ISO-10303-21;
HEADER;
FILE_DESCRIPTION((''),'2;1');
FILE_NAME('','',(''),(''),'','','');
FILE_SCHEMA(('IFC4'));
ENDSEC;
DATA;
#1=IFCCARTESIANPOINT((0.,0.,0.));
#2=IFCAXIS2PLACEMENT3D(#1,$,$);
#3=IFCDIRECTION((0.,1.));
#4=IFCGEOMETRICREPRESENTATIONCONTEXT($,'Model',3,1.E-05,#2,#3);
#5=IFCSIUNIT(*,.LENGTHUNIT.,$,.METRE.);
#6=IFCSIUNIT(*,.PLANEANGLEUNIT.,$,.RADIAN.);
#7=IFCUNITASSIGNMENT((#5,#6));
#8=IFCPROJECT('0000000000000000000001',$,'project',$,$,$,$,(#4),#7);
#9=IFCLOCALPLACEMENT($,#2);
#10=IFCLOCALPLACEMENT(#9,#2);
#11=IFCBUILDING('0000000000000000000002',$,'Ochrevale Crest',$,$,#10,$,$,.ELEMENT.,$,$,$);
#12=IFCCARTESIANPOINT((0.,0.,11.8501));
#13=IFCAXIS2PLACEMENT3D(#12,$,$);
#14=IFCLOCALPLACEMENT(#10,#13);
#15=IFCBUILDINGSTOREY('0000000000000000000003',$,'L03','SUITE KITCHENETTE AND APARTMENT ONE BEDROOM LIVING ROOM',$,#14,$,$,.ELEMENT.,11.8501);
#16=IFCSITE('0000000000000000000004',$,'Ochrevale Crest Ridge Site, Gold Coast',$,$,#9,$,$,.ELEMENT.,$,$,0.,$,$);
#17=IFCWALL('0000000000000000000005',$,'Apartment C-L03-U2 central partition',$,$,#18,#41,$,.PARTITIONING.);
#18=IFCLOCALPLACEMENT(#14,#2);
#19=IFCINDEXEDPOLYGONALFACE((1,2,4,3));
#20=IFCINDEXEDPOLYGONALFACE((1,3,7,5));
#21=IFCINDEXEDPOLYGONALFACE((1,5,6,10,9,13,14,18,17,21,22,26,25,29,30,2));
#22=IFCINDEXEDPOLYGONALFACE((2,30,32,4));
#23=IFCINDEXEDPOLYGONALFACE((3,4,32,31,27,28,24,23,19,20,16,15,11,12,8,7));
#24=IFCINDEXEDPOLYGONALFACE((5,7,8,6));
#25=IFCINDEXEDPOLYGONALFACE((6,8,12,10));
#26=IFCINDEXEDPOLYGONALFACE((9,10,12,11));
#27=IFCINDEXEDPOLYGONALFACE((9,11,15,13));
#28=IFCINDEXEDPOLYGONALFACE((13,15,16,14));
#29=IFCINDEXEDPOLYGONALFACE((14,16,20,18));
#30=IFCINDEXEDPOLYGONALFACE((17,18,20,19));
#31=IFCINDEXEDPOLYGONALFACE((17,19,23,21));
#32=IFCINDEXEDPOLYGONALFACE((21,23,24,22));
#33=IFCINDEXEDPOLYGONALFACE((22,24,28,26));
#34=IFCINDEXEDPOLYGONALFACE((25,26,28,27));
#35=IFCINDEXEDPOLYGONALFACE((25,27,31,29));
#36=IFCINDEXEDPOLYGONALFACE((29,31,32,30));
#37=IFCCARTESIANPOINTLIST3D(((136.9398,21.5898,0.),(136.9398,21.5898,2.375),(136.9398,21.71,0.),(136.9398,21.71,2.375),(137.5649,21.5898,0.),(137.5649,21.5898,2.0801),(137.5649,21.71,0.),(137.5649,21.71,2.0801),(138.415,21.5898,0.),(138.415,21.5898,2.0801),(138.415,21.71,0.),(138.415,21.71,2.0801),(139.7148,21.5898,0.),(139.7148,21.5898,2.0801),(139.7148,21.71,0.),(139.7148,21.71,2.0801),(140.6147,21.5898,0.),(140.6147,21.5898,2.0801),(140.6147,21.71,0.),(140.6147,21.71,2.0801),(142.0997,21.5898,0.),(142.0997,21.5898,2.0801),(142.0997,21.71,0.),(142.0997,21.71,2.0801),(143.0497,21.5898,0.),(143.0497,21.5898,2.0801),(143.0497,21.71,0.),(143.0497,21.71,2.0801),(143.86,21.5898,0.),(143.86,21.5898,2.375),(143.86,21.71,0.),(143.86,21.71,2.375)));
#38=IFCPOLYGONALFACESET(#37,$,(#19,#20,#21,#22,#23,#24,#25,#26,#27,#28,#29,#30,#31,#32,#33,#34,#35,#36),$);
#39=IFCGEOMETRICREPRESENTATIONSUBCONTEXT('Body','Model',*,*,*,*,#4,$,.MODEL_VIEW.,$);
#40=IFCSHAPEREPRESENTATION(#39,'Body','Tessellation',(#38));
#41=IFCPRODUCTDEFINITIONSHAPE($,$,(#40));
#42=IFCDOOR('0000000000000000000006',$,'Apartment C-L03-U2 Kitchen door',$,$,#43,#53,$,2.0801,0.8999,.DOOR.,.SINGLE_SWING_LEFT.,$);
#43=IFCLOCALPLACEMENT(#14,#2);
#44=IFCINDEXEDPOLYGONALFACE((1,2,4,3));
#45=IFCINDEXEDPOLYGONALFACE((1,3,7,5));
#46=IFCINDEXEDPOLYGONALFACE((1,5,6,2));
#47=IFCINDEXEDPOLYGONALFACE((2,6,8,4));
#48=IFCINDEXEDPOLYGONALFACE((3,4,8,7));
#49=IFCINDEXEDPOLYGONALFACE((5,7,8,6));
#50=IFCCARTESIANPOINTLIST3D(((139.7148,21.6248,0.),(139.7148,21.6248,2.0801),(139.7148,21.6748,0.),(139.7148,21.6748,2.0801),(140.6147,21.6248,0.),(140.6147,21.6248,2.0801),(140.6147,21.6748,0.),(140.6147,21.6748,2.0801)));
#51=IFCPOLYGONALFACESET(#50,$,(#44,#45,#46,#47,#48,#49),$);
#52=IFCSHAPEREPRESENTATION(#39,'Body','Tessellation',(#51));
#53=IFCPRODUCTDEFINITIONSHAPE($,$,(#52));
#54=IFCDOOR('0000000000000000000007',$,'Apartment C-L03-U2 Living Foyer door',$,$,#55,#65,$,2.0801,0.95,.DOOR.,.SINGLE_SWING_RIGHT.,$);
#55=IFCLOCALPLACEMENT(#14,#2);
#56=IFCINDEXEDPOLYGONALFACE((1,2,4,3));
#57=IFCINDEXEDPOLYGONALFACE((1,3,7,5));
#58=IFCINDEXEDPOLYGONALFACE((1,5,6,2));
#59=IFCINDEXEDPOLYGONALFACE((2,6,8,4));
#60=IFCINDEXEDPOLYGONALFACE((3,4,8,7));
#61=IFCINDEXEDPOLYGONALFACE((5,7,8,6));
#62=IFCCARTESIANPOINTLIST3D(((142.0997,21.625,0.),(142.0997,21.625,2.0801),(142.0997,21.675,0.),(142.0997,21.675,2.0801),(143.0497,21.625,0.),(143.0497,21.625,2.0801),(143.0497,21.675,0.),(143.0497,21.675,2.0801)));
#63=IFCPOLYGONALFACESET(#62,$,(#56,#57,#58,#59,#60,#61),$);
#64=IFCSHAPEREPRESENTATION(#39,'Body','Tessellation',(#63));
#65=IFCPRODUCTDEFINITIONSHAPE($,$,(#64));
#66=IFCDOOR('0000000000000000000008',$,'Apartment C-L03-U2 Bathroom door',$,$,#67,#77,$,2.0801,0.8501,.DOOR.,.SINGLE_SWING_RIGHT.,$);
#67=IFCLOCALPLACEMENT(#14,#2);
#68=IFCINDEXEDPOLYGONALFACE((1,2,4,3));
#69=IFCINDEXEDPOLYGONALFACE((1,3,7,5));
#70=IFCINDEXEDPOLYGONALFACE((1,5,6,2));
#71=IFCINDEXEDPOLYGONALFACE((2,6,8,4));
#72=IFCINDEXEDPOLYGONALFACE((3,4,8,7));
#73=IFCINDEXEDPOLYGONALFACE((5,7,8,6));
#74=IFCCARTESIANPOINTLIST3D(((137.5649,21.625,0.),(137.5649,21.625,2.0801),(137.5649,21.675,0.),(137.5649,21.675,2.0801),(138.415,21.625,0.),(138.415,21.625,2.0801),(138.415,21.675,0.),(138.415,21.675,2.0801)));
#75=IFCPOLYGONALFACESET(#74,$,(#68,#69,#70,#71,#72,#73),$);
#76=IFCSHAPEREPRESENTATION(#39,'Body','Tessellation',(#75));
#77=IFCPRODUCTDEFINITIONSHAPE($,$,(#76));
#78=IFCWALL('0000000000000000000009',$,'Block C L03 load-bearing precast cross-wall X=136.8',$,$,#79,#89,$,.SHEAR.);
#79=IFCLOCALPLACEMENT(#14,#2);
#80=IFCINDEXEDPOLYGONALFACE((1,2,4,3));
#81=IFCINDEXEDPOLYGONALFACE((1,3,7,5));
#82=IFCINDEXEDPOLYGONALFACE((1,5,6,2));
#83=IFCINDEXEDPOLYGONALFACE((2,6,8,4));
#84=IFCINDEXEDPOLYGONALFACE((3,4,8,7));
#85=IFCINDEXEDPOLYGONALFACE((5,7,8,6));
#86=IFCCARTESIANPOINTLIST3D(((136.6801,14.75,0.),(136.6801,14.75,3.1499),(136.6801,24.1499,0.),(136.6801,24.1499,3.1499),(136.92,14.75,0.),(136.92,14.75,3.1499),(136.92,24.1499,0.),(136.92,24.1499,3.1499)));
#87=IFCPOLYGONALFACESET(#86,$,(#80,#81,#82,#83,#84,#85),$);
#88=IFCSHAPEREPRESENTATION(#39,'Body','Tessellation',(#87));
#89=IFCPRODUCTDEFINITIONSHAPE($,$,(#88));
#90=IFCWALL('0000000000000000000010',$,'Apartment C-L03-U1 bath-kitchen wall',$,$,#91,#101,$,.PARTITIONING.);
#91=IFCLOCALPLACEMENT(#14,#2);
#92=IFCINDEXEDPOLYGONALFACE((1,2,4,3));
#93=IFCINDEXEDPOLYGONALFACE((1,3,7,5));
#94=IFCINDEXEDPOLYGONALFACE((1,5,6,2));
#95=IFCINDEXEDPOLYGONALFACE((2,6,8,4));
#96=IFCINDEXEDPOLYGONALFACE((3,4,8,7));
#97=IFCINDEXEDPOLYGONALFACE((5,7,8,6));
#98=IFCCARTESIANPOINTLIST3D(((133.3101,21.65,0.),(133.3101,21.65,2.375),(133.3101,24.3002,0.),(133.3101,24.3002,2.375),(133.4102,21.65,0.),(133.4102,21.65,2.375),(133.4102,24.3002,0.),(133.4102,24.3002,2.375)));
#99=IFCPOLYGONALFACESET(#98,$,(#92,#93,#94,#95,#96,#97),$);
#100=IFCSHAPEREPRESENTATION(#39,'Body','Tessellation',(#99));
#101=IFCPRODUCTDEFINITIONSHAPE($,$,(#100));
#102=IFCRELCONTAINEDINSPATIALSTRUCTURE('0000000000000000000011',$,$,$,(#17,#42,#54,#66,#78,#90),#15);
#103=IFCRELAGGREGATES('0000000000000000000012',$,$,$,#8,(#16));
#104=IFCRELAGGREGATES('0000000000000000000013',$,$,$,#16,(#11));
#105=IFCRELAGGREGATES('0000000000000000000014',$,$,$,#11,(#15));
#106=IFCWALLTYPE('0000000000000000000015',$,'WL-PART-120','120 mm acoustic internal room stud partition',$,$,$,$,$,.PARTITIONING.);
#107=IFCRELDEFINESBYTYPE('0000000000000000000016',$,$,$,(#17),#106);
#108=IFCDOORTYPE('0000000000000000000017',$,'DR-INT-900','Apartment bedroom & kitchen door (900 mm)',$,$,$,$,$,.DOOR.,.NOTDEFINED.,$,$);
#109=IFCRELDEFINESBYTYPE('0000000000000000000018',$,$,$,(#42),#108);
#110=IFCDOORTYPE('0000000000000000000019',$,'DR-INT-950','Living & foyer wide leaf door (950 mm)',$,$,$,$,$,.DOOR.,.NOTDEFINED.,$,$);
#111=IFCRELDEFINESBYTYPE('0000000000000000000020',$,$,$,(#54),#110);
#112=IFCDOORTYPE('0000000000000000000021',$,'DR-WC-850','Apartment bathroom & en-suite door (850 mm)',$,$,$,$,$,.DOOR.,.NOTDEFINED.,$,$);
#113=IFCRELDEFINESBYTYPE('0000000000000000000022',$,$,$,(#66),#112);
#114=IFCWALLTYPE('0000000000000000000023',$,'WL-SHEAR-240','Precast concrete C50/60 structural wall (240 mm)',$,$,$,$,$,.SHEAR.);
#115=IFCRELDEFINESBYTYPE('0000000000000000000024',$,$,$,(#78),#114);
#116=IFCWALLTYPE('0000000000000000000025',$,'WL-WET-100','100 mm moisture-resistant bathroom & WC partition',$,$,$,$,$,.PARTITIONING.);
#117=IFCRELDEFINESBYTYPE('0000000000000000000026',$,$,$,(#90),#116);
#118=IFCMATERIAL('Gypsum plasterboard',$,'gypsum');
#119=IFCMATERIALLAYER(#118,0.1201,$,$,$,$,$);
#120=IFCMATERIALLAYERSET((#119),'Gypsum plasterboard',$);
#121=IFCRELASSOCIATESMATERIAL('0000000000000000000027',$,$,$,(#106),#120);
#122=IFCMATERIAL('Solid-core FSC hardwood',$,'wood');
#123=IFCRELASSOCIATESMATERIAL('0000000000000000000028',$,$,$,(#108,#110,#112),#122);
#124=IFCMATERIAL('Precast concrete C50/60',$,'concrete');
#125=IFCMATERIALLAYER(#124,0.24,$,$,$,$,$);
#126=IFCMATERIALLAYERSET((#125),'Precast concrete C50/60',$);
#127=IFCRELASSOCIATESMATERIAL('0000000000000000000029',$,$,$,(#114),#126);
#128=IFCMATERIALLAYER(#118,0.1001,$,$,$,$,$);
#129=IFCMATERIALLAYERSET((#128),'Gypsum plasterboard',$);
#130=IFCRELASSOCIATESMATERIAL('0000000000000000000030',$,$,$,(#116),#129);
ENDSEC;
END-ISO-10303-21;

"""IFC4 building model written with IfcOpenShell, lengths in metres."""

from ifc_helpers import new_model, si_unit, direction, frame, frame_2d, origin, place, context, subcontext, project, spatial, rectangle, extrude, material, layer, layer_set, type_object, element, fill, save


model = new_model("IFC4")

# Units and contexts
model_context = context("Model", 3, precision=1e-05, world=origin(), true_north=direction((0.0, 1.0)))
body_context = subcontext(model_context, "Body", "Model", "MODEL_VIEW")
ifc_project = project(units=[si_unit("LENGTHUNIT", "METRE"), si_unit("PLANEANGLEUNIT", "RADIAN")], contexts=[model_context])

# Site, building, storey
site_placement = place(None, origin())
site = spatial("IfcSite", under=ifc_project, at=site_placement, Name="Ochrevale Crest Ridge Site, Gold Coast", CompositionType="ELEMENT", RefElevation=0.0)
building_placement = place(site_placement, origin())
building = spatial("IfcBuilding", under=site, at=building_placement, Name="Ochrevale Crest", CompositionType="ELEMENT")
storey_placement = place(building_placement, frame((0.0, 0.0, 11.8501)))
storey = spatial("IfcBuildingStorey", under=building, at=storey_placement, Name="L03", Description="SUITE KITCHENETTE AND APARTMENT ONE BEDROOM LIVING ROOM", CompositionType="ELEMENT", Elevation=11.8501)

# Shared definitions
ifc_material_1 = material(Name="Precast concrete C50/60", Category="concrete")

# Shared definitions
ifc_material_2 = material(Name="Gypsum plasterboard", Category="gypsum")
ifc_material_3 = material(Name="Solid-core FSC hardwood", Category="wood")

# Shared definitions
ifc_layer_1 = layer(ifc_material_2, 0.1201)
ifc_layer_set_1 = layer_set([ifc_layer_1], Name="Gypsum plasterboard")
wall_type_1 = type_object("IfcWallType", Name="WL-PART-120", Description="120 mm acoustic internal room stud partition", PredefinedType="PARTITIONING", material=ifc_layer_set_1)

# Shared definitions
door_type_1 = type_object("IfcDoorType", Name="DR-INT-900", Description="Apartment bedroom & kitchen door (900 mm)", OperationType="NOTDEFINED", PredefinedType="DOOR", material=ifc_material_3)

# Wall, openings, doors
wall_1_placement = place(storey_placement, frame((136.9399, 21.6499, 0.0), z_axis=(0.0, 0.0, 1.0), x_axis=(1.0, 0.0, 0.0)))
wall_1 = element("IfcWall", 1, at=wall_1_placement, inside=storey, type_object=wall_type_1, Name="Apartment C-L03-U2 central partition", PredefinedType="PARTITIONING", context=body_context, shape_type="SweptSolid", body=[
    extrude(rectangle(XDim=6.9202, YDim=0.1201, at=frame_2d((3.46, 0.0))), origin(), (0.0, 0.0, 1.0), 2.375),
])
opening_1_placement = place(wall_1_placement, frame((1.4751, 0.0, 0.0), z_axis=(0.0, 0.0, 1.0), x_axis=(-1.0, 0.0, 0.0)))
opening_1 = element("IfcOpeningElement", 2, at=opening_1_placement, cuts=wall_1, PredefinedType="OPENING", context=body_context, shape_type="SweptSolid", body=[
    extrude(rectangle(XDim=0.8501, YDim=2.0801, at=frame_2d((0.425, 1.04))), frame((0.0, 0.0701, 0.0), z_axis=(0.0, -1.0, 0.0), x_axis=(1.0, 0.0, 0.0)), (0.0, 0.0, 1.0), 0.1401),
])
opening_2_placement = place(wall_1_placement, frame((2.7749, 0.0, 0.0)))
opening_2 = element("IfcOpeningElement", 3, at=opening_2_placement, cuts=wall_1, PredefinedType="OPENING", context=body_context, shape_type="SweptSolid", body=[
    extrude(rectangle(XDim=0.8999, YDim=2.0801, at=frame_2d((0.45, 1.04))), frame((0.0, 0.0701, 0.0), z_axis=(0.0, -1.0, 0.0), x_axis=(1.0, 0.0, 0.0)), (0.0, 0.0, 1.0), 0.1401),
])
opening_3_placement = place(wall_1_placement, frame((6.1099, 0.0, 0.0), z_axis=(0.0, 0.0, 1.0), x_axis=(-1.0, 0.0, 0.0)))
opening_3 = element("IfcOpeningElement", 4, at=opening_3_placement, cuts=wall_1, PredefinedType="OPENING", context=body_context, shape_type="SweptSolid", body=[
    extrude(rectangle(XDim=0.95, YDim=2.0801, at=frame_2d((0.4751, 1.04))), frame((0.0, 0.0701, 0.0), z_axis=(0.0, -1.0, 0.0), x_axis=(1.0, 0.0, 0.0)), (0.0, 0.0, 1.0), 0.1401),
])
door_1_placement = place(opening_2_placement, origin())
door_1 = element("IfcDoor", 5, at=door_1_placement, inside=storey, type_object=door_type_1, Name="Apartment C-L03-U2 Kitchen door", OperationType="SINGLE_SWING_LEFT", OverallHeight=2.0801, OverallWidth=0.8999, PredefinedType="DOOR", context=body_context, shape_type="SweptSolid", body=[
    extrude(rectangle(XDim=0.8999, YDim=2.0801, at=frame_2d((0.45, 1.04))), frame((0.0, 0.0249, 0.0), z_axis=(0.0, -1.0, 0.0), x_axis=(1.0, 0.0, 0.0)), (0.0, 0.0, 1.0), 0.05),
])
fill(opening_2, door_1)
door_type_2 = type_object("IfcDoorType", Name="DR-INT-950", Description="Living & foyer wide leaf door (950 mm)", OperationType="NOTDEFINED", PredefinedType="DOOR", material=ifc_material_3)
door_2_placement = place(opening_3_placement, origin())
door_2 = element("IfcDoor", 6, at=door_2_placement, inside=storey, type_object=door_type_2, Name="Apartment C-L03-U2 Living Foyer door", OperationType="SINGLE_SWING_RIGHT", OverallHeight=2.0801, OverallWidth=0.95, PredefinedType="DOOR", context=body_context, shape_type="SweptSolid", body=[
    extrude(rectangle(XDim=0.95, YDim=2.0801, at=frame_2d((0.4751, 1.04))), frame((0.0, 0.0249, 0.0), z_axis=(0.0, -1.0, 0.0), x_axis=(1.0, 0.0, 0.0)), (0.0, 0.0, 1.0), 0.05),
])
fill(opening_3, door_2)
door_type_3 = type_object("IfcDoorType", Name="DR-WC-850", Description="Apartment bathroom & en-suite door (850 mm)", OperationType="NOTDEFINED", PredefinedType="DOOR", material=ifc_material_3)
door_3_placement = place(opening_1_placement, origin())
door_3 = element("IfcDoor", 7, at=door_3_placement, inside=storey, type_object=door_type_3, Name="Apartment C-L03-U2 Bathroom door", OperationType="SINGLE_SWING_RIGHT", OverallHeight=2.0801, OverallWidth=0.8501, PredefinedType="DOOR", context=body_context, shape_type="SweptSolid", body=[
    extrude(rectangle(XDim=0.8501, YDim=2.0801, at=frame_2d((0.425, 1.04))), frame((0.0, 0.0249, 0.0), z_axis=(0.0, -1.0, 0.0), x_axis=(1.0, 0.0, 0.0)), (0.0, 0.0, 1.0), 0.05),
])
fill(opening_1, door_3)

# Walls
ifc_layer_2 = layer(ifc_material_1, 0.24)
ifc_layer_set_2 = layer_set([ifc_layer_2], Name="Precast concrete C50/60")
wall_type_2 = type_object("IfcWallType", Name="WL-SHEAR-240", Description="Precast concrete C50/60 structural wall (240 mm)", PredefinedType="SHEAR", material=ifc_layer_set_2)
wall_2_placement = place(storey_placement, frame((136.8, 14.75, 0.0), z_axis=(0.0, 0.0, 1.0), x_axis=(0.0, 1.0, 0.0)))
element("IfcWall", 8, at=wall_2_placement, inside=storey, type_object=wall_type_2, Name="Block C L03 load-bearing precast cross-wall X=136.8", PredefinedType="SHEAR", context=body_context, shape_type="SweptSolid", body=[
    extrude(rectangle(XDim=9.3999, YDim=0.24, at=frame_2d((4.7, 0.0))), origin(), (0.0, 0.0, 1.0), 3.1499),
])
ifc_layer_3 = layer(ifc_material_2, 0.1001)
ifc_layer_set_3 = layer_set([ifc_layer_3], Name="Gypsum plasterboard")
wall_type_3 = type_object("IfcWallType", Name="WL-WET-100", Description="100 mm moisture-resistant bathroom & WC partition", PredefinedType="PARTITIONING", material=ifc_layer_set_3)
wall_3_placement = place(storey_placement, frame((133.3601, 21.6499, 0.0), z_axis=(0.0, 0.0, 1.0), x_axis=(0.0, 1.0, 0.0)))
element("IfcWall", 9, at=wall_3_placement, inside=storey, type_object=wall_type_3, Name="Apartment C-L03-U1 bath-kitchen wall", PredefinedType="PARTITIONING", context=body_context, shape_type="SweptSolid", body=[
    extrude(rectangle(XDim=2.6501, YDim=0.1001, at=frame_2d((1.3252, 0.0))), origin(), (0.0, 0.0, 1.0), 2.375),
])

save(model, "model.ifc")
